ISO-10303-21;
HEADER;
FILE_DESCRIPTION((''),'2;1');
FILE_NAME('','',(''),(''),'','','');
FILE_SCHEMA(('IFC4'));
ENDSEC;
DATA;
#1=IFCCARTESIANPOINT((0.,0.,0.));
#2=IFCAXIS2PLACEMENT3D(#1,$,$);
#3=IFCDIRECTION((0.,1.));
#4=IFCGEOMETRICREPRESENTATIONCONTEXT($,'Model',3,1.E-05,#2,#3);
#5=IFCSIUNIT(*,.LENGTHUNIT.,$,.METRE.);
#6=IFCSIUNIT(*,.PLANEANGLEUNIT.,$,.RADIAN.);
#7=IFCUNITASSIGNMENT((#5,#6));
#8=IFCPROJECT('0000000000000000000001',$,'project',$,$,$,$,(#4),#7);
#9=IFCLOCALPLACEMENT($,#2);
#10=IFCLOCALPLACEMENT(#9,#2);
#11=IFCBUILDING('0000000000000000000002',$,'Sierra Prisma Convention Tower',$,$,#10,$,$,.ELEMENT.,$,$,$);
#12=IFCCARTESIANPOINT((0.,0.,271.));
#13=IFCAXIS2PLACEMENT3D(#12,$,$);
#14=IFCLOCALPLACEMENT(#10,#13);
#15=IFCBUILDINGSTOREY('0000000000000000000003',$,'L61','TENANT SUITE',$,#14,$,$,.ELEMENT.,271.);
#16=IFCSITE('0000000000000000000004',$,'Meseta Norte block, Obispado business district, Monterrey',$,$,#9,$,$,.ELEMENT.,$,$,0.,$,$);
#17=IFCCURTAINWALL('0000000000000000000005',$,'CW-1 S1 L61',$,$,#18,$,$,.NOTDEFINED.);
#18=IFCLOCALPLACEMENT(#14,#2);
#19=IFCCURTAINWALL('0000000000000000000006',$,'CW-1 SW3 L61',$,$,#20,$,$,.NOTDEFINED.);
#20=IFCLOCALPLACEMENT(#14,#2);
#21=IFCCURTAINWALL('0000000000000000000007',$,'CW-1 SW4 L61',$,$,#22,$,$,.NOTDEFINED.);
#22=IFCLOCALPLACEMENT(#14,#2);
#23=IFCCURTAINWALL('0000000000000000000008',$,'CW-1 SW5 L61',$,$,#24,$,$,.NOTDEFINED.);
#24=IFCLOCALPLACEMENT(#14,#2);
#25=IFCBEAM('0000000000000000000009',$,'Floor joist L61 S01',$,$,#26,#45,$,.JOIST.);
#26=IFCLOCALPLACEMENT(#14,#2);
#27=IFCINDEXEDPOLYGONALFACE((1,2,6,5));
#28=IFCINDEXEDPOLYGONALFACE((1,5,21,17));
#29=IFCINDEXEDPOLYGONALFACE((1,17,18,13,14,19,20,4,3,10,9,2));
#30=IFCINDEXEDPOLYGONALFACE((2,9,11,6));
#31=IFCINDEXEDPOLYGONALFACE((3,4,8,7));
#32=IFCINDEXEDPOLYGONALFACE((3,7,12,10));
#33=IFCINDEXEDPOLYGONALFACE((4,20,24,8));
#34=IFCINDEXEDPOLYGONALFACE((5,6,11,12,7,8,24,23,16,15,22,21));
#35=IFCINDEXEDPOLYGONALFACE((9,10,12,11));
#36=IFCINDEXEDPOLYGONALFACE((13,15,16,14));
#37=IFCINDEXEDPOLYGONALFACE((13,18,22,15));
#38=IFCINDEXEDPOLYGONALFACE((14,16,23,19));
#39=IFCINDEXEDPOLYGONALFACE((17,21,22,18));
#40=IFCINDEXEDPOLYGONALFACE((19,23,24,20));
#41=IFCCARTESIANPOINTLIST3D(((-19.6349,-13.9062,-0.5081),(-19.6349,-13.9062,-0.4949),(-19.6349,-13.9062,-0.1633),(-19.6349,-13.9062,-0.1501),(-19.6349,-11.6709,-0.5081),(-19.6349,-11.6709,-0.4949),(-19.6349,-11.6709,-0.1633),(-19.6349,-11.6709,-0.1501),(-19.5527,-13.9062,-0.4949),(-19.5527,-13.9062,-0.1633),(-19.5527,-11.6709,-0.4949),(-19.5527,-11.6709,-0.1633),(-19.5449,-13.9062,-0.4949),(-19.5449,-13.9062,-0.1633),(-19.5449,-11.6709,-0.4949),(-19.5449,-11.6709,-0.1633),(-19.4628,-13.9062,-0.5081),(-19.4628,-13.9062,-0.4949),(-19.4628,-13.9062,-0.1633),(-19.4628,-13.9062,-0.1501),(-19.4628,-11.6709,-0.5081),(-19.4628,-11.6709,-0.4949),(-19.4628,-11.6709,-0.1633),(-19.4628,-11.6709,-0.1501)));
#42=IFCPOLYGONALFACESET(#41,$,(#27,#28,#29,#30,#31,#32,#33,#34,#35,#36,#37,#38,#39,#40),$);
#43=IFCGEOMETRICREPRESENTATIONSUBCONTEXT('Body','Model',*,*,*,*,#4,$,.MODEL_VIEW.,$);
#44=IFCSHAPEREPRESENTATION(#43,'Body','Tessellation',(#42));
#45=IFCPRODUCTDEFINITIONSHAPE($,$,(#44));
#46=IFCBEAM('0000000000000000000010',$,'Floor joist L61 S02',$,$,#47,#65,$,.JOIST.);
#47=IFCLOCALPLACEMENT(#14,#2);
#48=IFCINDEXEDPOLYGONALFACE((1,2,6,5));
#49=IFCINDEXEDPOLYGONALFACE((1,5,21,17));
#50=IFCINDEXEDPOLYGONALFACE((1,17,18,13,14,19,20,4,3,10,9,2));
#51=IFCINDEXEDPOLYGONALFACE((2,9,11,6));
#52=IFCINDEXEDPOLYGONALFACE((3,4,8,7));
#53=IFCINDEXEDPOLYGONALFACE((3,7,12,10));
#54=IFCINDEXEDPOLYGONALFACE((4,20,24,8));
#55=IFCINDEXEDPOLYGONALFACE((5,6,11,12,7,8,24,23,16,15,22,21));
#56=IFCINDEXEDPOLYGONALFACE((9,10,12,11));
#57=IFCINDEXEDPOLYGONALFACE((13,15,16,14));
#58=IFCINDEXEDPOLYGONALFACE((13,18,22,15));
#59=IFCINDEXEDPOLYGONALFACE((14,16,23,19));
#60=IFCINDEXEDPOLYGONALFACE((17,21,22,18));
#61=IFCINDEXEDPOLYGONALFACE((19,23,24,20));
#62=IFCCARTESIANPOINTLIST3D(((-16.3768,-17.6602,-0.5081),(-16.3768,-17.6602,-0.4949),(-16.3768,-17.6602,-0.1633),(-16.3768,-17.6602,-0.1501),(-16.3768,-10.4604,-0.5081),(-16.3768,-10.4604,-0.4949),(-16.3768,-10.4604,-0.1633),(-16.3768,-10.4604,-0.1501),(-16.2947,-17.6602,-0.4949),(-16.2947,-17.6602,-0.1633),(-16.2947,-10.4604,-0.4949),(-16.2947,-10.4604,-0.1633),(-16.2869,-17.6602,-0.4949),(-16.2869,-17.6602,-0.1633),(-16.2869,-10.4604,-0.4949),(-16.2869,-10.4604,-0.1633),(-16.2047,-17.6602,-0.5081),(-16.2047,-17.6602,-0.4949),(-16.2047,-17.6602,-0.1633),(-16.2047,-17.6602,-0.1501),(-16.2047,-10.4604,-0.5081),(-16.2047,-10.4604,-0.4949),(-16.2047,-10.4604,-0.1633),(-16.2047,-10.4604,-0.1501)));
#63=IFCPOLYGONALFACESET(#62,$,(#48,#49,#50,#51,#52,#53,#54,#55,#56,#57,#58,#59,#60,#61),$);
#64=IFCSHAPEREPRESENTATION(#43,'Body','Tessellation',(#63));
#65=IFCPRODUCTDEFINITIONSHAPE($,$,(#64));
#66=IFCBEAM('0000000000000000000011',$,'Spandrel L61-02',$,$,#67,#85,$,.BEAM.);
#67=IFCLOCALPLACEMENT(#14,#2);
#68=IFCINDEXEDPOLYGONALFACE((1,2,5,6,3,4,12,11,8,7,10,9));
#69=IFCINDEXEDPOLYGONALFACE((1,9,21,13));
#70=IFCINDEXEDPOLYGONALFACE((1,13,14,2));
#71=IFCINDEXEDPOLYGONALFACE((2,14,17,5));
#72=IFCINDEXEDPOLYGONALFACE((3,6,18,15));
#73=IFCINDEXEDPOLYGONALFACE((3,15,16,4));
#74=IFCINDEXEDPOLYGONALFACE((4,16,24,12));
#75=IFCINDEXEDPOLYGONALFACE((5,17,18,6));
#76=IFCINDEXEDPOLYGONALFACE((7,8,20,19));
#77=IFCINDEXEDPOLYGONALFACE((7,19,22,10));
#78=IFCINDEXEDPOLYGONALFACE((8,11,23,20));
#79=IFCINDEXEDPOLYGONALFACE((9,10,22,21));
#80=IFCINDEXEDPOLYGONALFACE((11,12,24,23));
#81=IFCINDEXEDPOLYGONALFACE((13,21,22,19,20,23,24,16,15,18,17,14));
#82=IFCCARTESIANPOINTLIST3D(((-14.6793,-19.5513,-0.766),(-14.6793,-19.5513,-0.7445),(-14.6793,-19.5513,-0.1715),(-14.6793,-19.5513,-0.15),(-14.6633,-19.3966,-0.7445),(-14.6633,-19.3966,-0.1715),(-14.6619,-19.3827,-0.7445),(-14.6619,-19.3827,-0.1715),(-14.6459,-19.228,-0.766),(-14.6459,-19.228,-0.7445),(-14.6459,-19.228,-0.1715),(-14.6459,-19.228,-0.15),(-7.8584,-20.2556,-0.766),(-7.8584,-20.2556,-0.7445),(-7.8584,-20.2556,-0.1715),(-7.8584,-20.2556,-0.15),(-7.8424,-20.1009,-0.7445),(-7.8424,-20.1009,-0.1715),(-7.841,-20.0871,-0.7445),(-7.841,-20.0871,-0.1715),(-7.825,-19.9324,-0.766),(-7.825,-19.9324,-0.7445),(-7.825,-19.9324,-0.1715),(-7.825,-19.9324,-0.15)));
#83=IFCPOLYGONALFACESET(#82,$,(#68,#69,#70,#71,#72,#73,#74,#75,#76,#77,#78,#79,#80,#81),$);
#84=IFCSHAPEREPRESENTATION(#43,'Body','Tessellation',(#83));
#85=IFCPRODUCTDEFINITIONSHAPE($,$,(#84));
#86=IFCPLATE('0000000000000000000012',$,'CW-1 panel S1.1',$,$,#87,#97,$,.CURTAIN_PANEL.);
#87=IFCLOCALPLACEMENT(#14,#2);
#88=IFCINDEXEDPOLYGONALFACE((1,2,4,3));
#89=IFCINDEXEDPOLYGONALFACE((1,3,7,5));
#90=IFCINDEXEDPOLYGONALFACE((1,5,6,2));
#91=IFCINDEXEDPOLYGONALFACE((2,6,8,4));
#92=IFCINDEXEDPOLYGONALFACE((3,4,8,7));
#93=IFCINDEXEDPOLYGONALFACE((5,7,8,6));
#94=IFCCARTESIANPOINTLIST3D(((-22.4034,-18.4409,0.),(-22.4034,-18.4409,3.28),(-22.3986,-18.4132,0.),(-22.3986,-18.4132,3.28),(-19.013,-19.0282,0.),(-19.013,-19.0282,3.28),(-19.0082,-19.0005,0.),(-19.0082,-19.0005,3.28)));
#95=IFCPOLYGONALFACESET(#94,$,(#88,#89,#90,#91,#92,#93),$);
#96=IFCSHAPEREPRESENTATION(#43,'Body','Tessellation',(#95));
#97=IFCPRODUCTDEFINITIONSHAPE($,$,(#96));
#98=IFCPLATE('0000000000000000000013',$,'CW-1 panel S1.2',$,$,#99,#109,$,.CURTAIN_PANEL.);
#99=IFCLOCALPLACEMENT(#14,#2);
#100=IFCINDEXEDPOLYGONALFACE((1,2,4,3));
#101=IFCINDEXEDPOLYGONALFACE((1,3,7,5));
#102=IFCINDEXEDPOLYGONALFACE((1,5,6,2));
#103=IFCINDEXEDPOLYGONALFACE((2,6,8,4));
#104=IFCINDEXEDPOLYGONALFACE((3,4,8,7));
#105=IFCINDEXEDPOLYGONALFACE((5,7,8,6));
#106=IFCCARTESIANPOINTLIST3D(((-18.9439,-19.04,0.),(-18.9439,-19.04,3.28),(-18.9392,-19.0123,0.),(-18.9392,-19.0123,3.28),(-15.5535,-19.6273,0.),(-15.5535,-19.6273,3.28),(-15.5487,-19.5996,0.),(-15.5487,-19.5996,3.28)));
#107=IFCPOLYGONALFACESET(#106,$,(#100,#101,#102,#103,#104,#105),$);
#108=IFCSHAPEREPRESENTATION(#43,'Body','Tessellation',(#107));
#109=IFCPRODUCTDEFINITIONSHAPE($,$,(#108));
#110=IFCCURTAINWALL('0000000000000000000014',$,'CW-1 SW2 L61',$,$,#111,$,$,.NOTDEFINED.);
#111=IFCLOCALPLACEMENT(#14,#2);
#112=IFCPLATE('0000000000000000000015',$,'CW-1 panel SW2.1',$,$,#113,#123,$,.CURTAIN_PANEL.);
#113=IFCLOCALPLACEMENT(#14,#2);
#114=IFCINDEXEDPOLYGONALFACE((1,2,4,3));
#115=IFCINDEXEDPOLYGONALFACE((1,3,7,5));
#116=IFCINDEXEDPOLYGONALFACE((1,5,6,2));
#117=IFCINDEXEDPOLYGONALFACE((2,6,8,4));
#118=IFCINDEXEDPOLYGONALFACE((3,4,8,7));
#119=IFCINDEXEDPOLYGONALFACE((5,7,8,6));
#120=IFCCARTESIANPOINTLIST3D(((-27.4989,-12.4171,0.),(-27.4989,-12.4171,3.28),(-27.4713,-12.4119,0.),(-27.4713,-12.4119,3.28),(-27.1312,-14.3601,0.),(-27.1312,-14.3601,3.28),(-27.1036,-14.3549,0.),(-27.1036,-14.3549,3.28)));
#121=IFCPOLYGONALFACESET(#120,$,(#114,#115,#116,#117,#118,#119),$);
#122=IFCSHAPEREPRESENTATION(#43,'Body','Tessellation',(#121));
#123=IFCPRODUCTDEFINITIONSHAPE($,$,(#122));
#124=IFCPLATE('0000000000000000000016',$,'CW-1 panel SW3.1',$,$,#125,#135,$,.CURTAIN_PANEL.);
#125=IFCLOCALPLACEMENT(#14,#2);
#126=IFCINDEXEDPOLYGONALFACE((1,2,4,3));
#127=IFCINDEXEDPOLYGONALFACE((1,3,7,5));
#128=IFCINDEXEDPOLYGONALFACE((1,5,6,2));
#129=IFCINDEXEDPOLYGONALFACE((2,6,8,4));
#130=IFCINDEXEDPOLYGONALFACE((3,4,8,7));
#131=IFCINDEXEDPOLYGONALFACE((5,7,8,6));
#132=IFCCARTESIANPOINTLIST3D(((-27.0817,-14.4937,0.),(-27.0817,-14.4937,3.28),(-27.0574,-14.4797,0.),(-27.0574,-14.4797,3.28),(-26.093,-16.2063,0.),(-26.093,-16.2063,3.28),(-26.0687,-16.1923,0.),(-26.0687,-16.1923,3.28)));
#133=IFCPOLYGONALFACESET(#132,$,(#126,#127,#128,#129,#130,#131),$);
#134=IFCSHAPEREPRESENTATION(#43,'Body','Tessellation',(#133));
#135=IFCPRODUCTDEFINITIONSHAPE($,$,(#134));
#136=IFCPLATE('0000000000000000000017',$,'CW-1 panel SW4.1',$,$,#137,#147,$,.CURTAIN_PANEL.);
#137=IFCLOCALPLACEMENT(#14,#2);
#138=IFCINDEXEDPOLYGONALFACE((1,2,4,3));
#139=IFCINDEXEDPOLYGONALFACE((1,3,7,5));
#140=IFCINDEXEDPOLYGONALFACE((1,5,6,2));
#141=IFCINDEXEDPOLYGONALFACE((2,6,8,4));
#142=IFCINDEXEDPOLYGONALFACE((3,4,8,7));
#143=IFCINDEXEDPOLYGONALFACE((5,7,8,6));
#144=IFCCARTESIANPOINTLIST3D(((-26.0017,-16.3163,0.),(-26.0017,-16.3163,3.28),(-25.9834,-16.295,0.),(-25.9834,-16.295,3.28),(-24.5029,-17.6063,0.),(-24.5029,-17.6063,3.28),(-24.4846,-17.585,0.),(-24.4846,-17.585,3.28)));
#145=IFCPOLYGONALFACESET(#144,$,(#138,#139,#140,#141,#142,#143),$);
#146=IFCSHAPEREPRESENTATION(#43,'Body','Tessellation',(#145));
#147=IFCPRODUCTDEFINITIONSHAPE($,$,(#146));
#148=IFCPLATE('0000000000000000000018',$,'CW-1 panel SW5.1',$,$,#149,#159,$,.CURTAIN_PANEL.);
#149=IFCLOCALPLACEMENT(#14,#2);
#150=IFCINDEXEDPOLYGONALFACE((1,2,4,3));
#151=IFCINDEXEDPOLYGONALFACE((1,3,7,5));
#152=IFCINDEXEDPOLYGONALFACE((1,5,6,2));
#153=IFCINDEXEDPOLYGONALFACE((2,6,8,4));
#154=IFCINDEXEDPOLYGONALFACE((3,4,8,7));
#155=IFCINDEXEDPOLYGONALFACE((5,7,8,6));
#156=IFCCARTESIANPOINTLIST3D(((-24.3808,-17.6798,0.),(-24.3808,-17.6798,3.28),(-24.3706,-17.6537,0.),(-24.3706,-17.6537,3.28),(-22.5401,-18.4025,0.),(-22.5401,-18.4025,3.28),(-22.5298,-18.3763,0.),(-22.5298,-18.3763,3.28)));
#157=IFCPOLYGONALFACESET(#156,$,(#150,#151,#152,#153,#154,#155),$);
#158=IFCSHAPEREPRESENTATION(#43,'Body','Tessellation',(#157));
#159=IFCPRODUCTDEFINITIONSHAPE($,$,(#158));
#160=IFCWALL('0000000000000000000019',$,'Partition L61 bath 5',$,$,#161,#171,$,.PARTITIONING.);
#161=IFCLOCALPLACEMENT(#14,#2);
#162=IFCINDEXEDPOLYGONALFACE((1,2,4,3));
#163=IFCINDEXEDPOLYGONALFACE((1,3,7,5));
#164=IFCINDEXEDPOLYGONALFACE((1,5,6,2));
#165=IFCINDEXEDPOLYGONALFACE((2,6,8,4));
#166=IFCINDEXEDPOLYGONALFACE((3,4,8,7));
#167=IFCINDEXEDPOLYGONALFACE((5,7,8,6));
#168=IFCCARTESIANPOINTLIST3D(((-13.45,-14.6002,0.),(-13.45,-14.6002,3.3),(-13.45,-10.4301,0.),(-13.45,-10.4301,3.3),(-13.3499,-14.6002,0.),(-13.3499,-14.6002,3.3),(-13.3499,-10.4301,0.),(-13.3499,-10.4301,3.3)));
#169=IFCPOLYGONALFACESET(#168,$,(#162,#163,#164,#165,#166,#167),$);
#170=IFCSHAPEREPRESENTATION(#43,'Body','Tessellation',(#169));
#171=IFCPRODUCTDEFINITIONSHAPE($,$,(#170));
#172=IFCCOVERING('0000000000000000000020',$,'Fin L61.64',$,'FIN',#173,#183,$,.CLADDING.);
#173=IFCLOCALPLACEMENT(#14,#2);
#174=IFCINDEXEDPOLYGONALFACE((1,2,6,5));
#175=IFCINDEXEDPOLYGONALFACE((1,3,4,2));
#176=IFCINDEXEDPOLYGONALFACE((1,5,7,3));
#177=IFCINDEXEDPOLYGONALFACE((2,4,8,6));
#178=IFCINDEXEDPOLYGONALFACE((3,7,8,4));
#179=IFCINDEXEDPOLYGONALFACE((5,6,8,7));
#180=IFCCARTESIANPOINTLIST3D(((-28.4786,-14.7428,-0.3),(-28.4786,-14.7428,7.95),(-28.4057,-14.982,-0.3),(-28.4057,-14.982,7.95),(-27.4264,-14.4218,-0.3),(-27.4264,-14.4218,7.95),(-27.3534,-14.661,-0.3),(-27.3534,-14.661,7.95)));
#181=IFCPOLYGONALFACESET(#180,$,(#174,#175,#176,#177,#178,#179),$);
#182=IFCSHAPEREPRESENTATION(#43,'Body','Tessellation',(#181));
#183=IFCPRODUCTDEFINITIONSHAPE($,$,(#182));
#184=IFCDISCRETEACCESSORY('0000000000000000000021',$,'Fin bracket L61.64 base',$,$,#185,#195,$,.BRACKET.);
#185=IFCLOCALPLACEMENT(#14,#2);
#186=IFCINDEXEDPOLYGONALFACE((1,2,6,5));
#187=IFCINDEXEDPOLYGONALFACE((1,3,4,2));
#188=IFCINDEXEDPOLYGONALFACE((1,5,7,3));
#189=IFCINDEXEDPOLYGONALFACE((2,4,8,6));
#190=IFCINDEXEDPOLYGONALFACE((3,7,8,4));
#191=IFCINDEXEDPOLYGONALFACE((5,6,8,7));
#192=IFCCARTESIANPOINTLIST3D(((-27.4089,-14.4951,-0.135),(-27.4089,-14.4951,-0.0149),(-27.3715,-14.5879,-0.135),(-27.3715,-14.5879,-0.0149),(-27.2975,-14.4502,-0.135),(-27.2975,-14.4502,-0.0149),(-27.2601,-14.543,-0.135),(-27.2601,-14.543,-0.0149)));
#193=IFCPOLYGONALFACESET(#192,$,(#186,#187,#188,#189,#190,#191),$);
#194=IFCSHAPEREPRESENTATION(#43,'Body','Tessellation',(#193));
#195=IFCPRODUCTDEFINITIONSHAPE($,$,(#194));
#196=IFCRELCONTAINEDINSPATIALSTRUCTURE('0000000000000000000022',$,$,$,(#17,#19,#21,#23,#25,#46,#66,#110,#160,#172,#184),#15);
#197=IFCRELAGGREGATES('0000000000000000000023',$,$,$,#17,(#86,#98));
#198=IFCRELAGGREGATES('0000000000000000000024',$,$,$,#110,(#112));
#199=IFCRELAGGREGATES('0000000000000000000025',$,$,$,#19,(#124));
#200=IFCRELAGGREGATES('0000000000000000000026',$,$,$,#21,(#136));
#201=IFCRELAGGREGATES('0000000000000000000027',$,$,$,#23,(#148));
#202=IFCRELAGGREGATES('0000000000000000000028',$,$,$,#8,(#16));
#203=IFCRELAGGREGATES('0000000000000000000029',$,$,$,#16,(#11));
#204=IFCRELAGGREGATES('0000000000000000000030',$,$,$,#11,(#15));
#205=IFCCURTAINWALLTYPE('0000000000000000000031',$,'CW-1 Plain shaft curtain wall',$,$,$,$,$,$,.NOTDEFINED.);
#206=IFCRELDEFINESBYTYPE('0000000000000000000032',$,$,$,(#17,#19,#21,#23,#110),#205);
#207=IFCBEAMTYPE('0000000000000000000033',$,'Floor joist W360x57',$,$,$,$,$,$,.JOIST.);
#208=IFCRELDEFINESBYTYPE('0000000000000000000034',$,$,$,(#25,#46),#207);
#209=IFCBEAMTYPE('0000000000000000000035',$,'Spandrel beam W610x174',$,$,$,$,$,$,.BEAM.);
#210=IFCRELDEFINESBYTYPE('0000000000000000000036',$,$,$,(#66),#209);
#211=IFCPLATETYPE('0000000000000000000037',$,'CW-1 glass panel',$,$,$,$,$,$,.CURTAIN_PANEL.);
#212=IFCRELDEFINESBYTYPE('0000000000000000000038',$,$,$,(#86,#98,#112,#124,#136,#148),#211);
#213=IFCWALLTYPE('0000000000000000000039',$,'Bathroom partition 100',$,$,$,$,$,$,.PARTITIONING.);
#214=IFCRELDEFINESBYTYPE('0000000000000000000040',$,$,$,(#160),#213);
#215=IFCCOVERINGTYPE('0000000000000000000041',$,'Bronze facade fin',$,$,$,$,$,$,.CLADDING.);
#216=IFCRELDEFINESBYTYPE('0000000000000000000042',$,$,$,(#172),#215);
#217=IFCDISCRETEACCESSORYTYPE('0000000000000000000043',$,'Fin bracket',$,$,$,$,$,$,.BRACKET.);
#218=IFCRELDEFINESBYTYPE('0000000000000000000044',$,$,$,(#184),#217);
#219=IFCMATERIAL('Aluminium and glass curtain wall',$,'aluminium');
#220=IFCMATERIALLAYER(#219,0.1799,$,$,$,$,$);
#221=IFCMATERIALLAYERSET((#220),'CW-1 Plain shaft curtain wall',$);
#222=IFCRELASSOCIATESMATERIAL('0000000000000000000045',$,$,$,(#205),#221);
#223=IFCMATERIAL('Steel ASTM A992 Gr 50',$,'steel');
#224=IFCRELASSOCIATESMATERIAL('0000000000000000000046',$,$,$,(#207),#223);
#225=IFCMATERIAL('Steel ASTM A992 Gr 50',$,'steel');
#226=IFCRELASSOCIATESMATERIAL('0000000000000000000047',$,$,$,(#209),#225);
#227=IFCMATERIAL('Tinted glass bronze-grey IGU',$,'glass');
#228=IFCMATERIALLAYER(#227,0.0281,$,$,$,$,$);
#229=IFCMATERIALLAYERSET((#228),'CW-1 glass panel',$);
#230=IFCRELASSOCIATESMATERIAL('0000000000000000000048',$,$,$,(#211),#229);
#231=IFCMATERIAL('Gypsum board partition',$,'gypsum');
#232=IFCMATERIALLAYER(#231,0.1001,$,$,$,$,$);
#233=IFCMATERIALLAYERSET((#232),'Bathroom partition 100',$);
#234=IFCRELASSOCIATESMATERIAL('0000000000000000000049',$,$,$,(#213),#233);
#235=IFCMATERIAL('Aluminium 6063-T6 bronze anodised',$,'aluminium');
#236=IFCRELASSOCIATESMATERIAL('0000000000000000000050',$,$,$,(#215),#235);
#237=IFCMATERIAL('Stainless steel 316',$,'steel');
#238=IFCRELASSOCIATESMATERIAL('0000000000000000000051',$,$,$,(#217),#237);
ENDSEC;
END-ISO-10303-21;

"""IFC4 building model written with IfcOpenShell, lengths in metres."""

from ifc_helpers import new_model, si_unit, direction, frame, frame_2d, origin, origin_2d, place, context, subcontext, project, spatial, rectangle, i_section, extrude, material, layer, layer_set, material_profile, profile_set, type_object, element, aggregate, save


model = new_model("IFC4")

# Units and contexts
model_context = context("Model", 3, precision=1e-05, world=origin(), true_north=direction((0.0, 1.0)))
body_context = subcontext(model_context, "Body", "Model", "MODEL_VIEW")
ifc_project = project(units=[si_unit("LENGTHUNIT", "METRE"), si_unit("PLANEANGLEUNIT", "RADIAN")], contexts=[model_context])

# Site, building, storey
site_placement = place(None, origin())
site = spatial("IfcSite", under=ifc_project, at=site_placement, Name="Meseta Norte block, Obispado business district, Monterrey", CompositionType="ELEMENT", RefElevation=0.0)
building_placement = place(site_placement, origin())
building = spatial("IfcBuilding", under=site, at=building_placement, Name="Sierra Prisma Convention Tower", CompositionType="ELEMENT")
storey_placement = place(building_placement, frame((0.0, 0.0, 271.0)))
storey = spatial("IfcBuildingStorey", under=building, at=storey_placement, Name="L61", Description="TENANT SUITE", CompositionType="ELEMENT", Elevation=271.0)

# Curtain wall
ifc_material_1 = material(Name="Aluminium and glass curtain wall", Category="aluminium")
ifc_layer_1 = layer(ifc_material_1, 0.1799)
ifc_layer_set_1 = layer_set([ifc_layer_1], Name="CW-1 Plain shaft curtain wall")
curtain_wall_type = type_object("IfcCurtainWallType", Name="CW-1 Plain shaft curtain wall", PredefinedType="NOTDEFINED", material=ifc_layer_set_1)
curtain_wall_1_placement = place(storey_placement, origin())
curtain_wall_1 = element("IfcCurtainWall", 1, at=curtain_wall_1_placement, inside=storey, type_object=curtain_wall_type, Name="CW-1 S1 L61", PredefinedType="NOTDEFINED")

# Curtain walls
curtain_wall_2_placement = place(storey_placement, origin())
curtain_wall_2 = element("IfcCurtainWall", 2, at=curtain_wall_2_placement, inside=storey, type_object=curtain_wall_type, Name="CW-1 SW3 L61", PredefinedType="NOTDEFINED")
curtain_wall_3_placement = place(storey_placement, origin())
curtain_wall_3 = element("IfcCurtainWall", 3, at=curtain_wall_3_placement, inside=storey, type_object=curtain_wall_type, Name="CW-1 SW4 L61", PredefinedType="NOTDEFINED")
curtain_wall_4_placement = place(storey_placement, origin())
curtain_wall_4 = element("IfcCurtainWall", 4, at=curtain_wall_4_placement, inside=storey, type_object=curtain_wall_type, Name="CW-1 SW5 L61", PredefinedType="NOTDEFINED")

# Beams
ifc_material_2 = material(Name="Steel ASTM A992 Gr 50", Category="steel")
ifc_material_profile_1 = material_profile(ifc_material_2, i_section(OverallWidth=0.1721, OverallDepth=0.3579, WebThickness=0.0078, FlangeThickness=0.0132, at=origin_2d()), Name="W360x57")
ifc_profile_set_1 = profile_set([ifc_material_profile_1], Name="Steel ASTM A992 Gr 50")
beam_type_1 = type_object("IfcBeamType", Name="Floor joist W360x57", PredefinedType="JOIST", material=ifc_profile_set_1)
beam_1_placement = place(storey_placement, frame((-19.5488, -13.9062, -0.3291), z_axis=(0.0, 1.0, 0.0), x_axis=(-1.0, 0.0, 0.0)))
element("IfcBeam", 5, at=beam_1_placement, inside=storey, type_object=beam_type_1, Name="Floor joist L61 S01", PredefinedType="JOIST", context=body_context, shape_type="SweptSolid", body=[
    extrude(i_section(OverallWidth=0.1721, OverallDepth=0.3579, WebThickness=0.0078, FlangeThickness=0.0132, at=origin_2d()), origin(), (0.0, 0.0, 1.0), 2.2354),
])
beam_2_placement = place(storey_placement, frame((-16.2908, -17.6602, -0.3291), z_axis=(0.0, 1.0, 0.0), x_axis=(-1.0, 0.0, 0.0)))
element("IfcBeam", 6, at=beam_2_placement, inside=storey, type_object=beam_type_1, Name="Floor joist L61 S02", PredefinedType="JOIST", context=body_context, shape_type="SweptSolid", body=[
    extrude(i_section(OverallWidth=0.1721, OverallDepth=0.3579, WebThickness=0.0078, FlangeThickness=0.0132, at=origin_2d()), origin(), (0.0, 0.0, 1.0), 7.1997),
])
ifc_material_3 = material(Name="Steel ASTM A992 Gr 50", Category="steel")
ifc_material_profile_2 = material_profile(ifc_material_3, i_section(OverallWidth=0.325, OverallDepth=0.616, WebThickness=0.0139, FlangeThickness=0.0215, at=origin_2d()), Name="W610x174")
ifc_profile_set_2 = profile_set([ifc_material_profile_2], Name="Steel ASTM A992 Gr 50")
beam_type_2 = type_object("IfcBeamType", Name="Spandrel beam W610x174", PredefinedType="BEAM", material=ifc_profile_set_2)
beam_3_placement = place(storey_placement, frame((-14.6626, -19.3896, -0.458), z_axis=(0.994711, -0.102718, 0.0), x_axis=(0.102718, 0.994711, 0.0)))
element("IfcBeam", 7, at=beam_3_placement, inside=storey, type_object=beam_type_2, Name="Spandrel L61-02", PredefinedType="BEAM", context=body_context, shape_type="SweptSolid", body=[
    extrude(i_section(OverallWidth=0.325, OverallDepth=0.616, WebThickness=0.0139, FlangeThickness=0.0215, at=origin_2d()), origin(), (0.0, 0.0, 1.0), 6.8572),
])

# Plates
ifc_material_4 = material(Name="Tinted glass bronze-grey IGU", Category="glass")
ifc_layer_2 = layer(ifc_material_4, 0.0281)
ifc_layer_set_2 = layer_set([ifc_layer_2], Name="CW-1 glass panel")
plate_type = type_object("IfcPlateType", Name="CW-1 glass panel", PredefinedType="CURTAIN_PANEL", material=ifc_layer_set_2)
plate_1_placement = place(storey_placement, frame((-20.7058, -18.7207, 0.0), z_axis=(0.0, 0.0, 1.0), x_axis=(0.985326, -0.170683, 0.0)))
plate_1 = element("IfcPlate", 8, at=plate_1_placement, type_object=plate_type, Name="CW-1 panel S1.1", PredefinedType="CURTAIN_PANEL", context=body_context, shape_type="SweptSolid", body=[
    extrude(rectangle(XDim=3.4409, YDim=0.0281, at=origin_2d()), origin(), (0.0, 0.0, 1.0), 3.28),
])
plate_2_placement = place(storey_placement, frame((-17.2463, -19.3198, 0.0), z_axis=(0.0, 0.0, 1.0), x_axis=(0.985326, -0.170683, 0.0)))
plate_2 = element("IfcPlate", 9, at=plate_2_placement, type_object=plate_type, Name="CW-1 panel S1.2", PredefinedType="CURTAIN_PANEL", context=body_context, shape_type="SweptSolid", body=[
    extrude(rectangle(XDim=3.4409, YDim=0.0281, at=origin_2d()), origin(), (0.0, 0.0, 1.0), 3.28),
])
aggregate(curtain_wall_1, [plate_1, plate_2])

# Curtain wall, plate
curtain_wall_5_placement = place(storey_placement, origin())
curtain_wall_5 = element("IfcCurtainWall", 10, at=curtain_wall_5_placement, inside=storey, type_object=curtain_wall_type, Name="CW-1 SW2 L61", PredefinedType="NOTDEFINED")
plate_3_placement = place(storey_placement, frame((-27.3013, -13.386, 0.0), z_axis=(0.0, 0.0, 1.0), x_axis=(0.185962, -0.982557, 0.0)))
plate_3 = element("IfcPlate", 11, at=plate_3_placement, type_object=plate_type, Name="CW-1 panel SW2.1", PredefinedType="CURTAIN_PANEL", context=body_context, shape_type="SweptSolid", body=[
    extrude(rectangle(XDim=1.9775, YDim=0.0281, at=origin_2d()), origin(), (0.0, 0.0, 1.0), 3.28),
])
aggregate(curtain_wall_5, [plate_3])

# Plates
plate_4_placement = place(storey_placement, frame((-26.5752, -15.343, 0.0), z_axis=(0.0, 0.0, 1.0), x_axis=(0.5, -0.866025, 0.0)))
plate_4 = element("IfcPlate", 12, at=plate_4_placement, type_object=plate_type, Name="CW-1 panel SW3.1", PredefinedType="CURTAIN_PANEL", context=body_context, shape_type="SweptSolid", body=[
    extrude(rectangle(XDim=1.9775, YDim=0.0281, at=origin_2d()), origin(), (0.0, 0.0, 1.0), 3.28),
])
aggregate(curtain_wall_2, [plate_4])
plate_5_placement = place(storey_placement, frame((-25.2432, -16.9507, 0.0), z_axis=(0.0, 0.0, 1.0), x_axis=(0.757938, -0.652326, 0.0)))
plate_5 = element("IfcPlate", 13, at=plate_5_placement, type_object=plate_type, Name="CW-1 panel SW4.1", PredefinedType="CURTAIN_PANEL", context=body_context, shape_type="SweptSolid", body=[
    extrude(rectangle(XDim=1.9775, YDim=0.0281, at=origin_2d()), origin(), (0.0, 0.0, 1.0), 3.28),
])
aggregate(curtain_wall_3, [plate_5])
plate_6_placement = place(storey_placement, frame((-23.4553, -18.0281, 0.0), z_axis=(0.0, 0.0, 1.0), x_axis=(0.930836, -0.365436, 0.0)))
plate_6 = element("IfcPlate", 14, at=plate_6_placement, type_object=plate_type, Name="CW-1 panel SW5.1", PredefinedType="CURTAIN_PANEL", context=body_context, shape_type="SweptSolid", body=[
    extrude(rectangle(XDim=1.9775, YDim=0.0281, at=origin_2d()), origin(), (0.0, 0.0, 1.0), 3.28),
])
aggregate(curtain_wall_4, [plate_6])

# Wall
ifc_material_5 = material(Name="Gypsum board partition", Category="gypsum")
ifc_layer_3 = layer(ifc_material_5, 0.1001)
ifc_layer_set_3 = layer_set([ifc_layer_3], Name="Bathroom partition 100")
wall_type = type_object("IfcWallType", Name="Bathroom partition 100", PredefinedType="PARTITIONING", material=ifc_layer_set_3)
wall_placement = place(storey_placement, frame((-13.3999, -14.6001, 0.0), z_axis=(0.0, 0.0, 1.0), x_axis=(0.0, 1.0, 0.0)))
element("IfcWall", 15, at=wall_placement, inside=storey, type_object=wall_type, Name="Partition L61 bath 5", PredefinedType="PARTITIONING", context=body_context, shape_type="SweptSolid", body=[
    extrude(rectangle(XDim=4.1702, YDim=0.1001, at=frame_2d((2.085, 0.0))), origin(), (0.0, 0.0, 1.0), 3.3),
])

# Covering
ifc_material_6 = material(Name="Aluminium 6063-T6 bronze anodised", Category="aluminium")
ifc_material_profile_3 = material_profile(ifc_material_6, rectangle(XDim=1.1001, YDim=0.25, at=origin_2d()), Name="ALU FIN 1100x250")
ifc_profile_set_3 = profile_set([ifc_material_profile_3], Name="Aluminium 6063-T6 bronze anodised")
covering_type = type_object("IfcCoveringType", Name="Bronze facade fin", PredefinedType="CLADDING", material=ifc_profile_set_3)
covering_placement = place(storey_placement, frame((-27.916, -14.7019, -0.3), z_axis=(0.0, 0.0, 1.0), x_axis=(-0.956481, -0.291796, 0.0)))
element("IfcCovering", 16, at=covering_placement, inside=storey, type_object=covering_type, Name="Fin L61.64", ObjectType="FIN", PredefinedType="CLADDING", context=body_context, shape_type="SweptSolid", body=[
    extrude(rectangle(XDim=1.1001, YDim=0.25, at=origin_2d()), origin(), (0.0, 0.0, 1.0), 8.25),
])

# Discrete accessory
ifc_material_7 = material(Name="Stainless steel 316", Category="steel")
discrete_accessory_type = type_object("IfcDiscreteAccessoryType", Name="Fin bracket", PredefinedType="BRACKET", material=ifc_material_7)
discrete_accessory_placement = place(storey_placement, frame((-27.3345, -14.519, -0.135), z_axis=(0.0, 0.0, 1.0), x_axis=(-0.927409, -0.374048, 0.0)))
element("IfcDiscreteAccessory", 17, at=discrete_accessory_placement, inside=storey, type_object=discrete_accessory_type, Name="Fin bracket L61.64 base", PredefinedType="BRACKET", context=body_context, shape_type="SweptSolid", body=[
    extrude(rectangle(XDim=0.1201, YDim=0.1001, at=origin_2d()), origin(), (0.0, 0.0, 1.0), 0.1201),
])

save(model, "model.ifc")
